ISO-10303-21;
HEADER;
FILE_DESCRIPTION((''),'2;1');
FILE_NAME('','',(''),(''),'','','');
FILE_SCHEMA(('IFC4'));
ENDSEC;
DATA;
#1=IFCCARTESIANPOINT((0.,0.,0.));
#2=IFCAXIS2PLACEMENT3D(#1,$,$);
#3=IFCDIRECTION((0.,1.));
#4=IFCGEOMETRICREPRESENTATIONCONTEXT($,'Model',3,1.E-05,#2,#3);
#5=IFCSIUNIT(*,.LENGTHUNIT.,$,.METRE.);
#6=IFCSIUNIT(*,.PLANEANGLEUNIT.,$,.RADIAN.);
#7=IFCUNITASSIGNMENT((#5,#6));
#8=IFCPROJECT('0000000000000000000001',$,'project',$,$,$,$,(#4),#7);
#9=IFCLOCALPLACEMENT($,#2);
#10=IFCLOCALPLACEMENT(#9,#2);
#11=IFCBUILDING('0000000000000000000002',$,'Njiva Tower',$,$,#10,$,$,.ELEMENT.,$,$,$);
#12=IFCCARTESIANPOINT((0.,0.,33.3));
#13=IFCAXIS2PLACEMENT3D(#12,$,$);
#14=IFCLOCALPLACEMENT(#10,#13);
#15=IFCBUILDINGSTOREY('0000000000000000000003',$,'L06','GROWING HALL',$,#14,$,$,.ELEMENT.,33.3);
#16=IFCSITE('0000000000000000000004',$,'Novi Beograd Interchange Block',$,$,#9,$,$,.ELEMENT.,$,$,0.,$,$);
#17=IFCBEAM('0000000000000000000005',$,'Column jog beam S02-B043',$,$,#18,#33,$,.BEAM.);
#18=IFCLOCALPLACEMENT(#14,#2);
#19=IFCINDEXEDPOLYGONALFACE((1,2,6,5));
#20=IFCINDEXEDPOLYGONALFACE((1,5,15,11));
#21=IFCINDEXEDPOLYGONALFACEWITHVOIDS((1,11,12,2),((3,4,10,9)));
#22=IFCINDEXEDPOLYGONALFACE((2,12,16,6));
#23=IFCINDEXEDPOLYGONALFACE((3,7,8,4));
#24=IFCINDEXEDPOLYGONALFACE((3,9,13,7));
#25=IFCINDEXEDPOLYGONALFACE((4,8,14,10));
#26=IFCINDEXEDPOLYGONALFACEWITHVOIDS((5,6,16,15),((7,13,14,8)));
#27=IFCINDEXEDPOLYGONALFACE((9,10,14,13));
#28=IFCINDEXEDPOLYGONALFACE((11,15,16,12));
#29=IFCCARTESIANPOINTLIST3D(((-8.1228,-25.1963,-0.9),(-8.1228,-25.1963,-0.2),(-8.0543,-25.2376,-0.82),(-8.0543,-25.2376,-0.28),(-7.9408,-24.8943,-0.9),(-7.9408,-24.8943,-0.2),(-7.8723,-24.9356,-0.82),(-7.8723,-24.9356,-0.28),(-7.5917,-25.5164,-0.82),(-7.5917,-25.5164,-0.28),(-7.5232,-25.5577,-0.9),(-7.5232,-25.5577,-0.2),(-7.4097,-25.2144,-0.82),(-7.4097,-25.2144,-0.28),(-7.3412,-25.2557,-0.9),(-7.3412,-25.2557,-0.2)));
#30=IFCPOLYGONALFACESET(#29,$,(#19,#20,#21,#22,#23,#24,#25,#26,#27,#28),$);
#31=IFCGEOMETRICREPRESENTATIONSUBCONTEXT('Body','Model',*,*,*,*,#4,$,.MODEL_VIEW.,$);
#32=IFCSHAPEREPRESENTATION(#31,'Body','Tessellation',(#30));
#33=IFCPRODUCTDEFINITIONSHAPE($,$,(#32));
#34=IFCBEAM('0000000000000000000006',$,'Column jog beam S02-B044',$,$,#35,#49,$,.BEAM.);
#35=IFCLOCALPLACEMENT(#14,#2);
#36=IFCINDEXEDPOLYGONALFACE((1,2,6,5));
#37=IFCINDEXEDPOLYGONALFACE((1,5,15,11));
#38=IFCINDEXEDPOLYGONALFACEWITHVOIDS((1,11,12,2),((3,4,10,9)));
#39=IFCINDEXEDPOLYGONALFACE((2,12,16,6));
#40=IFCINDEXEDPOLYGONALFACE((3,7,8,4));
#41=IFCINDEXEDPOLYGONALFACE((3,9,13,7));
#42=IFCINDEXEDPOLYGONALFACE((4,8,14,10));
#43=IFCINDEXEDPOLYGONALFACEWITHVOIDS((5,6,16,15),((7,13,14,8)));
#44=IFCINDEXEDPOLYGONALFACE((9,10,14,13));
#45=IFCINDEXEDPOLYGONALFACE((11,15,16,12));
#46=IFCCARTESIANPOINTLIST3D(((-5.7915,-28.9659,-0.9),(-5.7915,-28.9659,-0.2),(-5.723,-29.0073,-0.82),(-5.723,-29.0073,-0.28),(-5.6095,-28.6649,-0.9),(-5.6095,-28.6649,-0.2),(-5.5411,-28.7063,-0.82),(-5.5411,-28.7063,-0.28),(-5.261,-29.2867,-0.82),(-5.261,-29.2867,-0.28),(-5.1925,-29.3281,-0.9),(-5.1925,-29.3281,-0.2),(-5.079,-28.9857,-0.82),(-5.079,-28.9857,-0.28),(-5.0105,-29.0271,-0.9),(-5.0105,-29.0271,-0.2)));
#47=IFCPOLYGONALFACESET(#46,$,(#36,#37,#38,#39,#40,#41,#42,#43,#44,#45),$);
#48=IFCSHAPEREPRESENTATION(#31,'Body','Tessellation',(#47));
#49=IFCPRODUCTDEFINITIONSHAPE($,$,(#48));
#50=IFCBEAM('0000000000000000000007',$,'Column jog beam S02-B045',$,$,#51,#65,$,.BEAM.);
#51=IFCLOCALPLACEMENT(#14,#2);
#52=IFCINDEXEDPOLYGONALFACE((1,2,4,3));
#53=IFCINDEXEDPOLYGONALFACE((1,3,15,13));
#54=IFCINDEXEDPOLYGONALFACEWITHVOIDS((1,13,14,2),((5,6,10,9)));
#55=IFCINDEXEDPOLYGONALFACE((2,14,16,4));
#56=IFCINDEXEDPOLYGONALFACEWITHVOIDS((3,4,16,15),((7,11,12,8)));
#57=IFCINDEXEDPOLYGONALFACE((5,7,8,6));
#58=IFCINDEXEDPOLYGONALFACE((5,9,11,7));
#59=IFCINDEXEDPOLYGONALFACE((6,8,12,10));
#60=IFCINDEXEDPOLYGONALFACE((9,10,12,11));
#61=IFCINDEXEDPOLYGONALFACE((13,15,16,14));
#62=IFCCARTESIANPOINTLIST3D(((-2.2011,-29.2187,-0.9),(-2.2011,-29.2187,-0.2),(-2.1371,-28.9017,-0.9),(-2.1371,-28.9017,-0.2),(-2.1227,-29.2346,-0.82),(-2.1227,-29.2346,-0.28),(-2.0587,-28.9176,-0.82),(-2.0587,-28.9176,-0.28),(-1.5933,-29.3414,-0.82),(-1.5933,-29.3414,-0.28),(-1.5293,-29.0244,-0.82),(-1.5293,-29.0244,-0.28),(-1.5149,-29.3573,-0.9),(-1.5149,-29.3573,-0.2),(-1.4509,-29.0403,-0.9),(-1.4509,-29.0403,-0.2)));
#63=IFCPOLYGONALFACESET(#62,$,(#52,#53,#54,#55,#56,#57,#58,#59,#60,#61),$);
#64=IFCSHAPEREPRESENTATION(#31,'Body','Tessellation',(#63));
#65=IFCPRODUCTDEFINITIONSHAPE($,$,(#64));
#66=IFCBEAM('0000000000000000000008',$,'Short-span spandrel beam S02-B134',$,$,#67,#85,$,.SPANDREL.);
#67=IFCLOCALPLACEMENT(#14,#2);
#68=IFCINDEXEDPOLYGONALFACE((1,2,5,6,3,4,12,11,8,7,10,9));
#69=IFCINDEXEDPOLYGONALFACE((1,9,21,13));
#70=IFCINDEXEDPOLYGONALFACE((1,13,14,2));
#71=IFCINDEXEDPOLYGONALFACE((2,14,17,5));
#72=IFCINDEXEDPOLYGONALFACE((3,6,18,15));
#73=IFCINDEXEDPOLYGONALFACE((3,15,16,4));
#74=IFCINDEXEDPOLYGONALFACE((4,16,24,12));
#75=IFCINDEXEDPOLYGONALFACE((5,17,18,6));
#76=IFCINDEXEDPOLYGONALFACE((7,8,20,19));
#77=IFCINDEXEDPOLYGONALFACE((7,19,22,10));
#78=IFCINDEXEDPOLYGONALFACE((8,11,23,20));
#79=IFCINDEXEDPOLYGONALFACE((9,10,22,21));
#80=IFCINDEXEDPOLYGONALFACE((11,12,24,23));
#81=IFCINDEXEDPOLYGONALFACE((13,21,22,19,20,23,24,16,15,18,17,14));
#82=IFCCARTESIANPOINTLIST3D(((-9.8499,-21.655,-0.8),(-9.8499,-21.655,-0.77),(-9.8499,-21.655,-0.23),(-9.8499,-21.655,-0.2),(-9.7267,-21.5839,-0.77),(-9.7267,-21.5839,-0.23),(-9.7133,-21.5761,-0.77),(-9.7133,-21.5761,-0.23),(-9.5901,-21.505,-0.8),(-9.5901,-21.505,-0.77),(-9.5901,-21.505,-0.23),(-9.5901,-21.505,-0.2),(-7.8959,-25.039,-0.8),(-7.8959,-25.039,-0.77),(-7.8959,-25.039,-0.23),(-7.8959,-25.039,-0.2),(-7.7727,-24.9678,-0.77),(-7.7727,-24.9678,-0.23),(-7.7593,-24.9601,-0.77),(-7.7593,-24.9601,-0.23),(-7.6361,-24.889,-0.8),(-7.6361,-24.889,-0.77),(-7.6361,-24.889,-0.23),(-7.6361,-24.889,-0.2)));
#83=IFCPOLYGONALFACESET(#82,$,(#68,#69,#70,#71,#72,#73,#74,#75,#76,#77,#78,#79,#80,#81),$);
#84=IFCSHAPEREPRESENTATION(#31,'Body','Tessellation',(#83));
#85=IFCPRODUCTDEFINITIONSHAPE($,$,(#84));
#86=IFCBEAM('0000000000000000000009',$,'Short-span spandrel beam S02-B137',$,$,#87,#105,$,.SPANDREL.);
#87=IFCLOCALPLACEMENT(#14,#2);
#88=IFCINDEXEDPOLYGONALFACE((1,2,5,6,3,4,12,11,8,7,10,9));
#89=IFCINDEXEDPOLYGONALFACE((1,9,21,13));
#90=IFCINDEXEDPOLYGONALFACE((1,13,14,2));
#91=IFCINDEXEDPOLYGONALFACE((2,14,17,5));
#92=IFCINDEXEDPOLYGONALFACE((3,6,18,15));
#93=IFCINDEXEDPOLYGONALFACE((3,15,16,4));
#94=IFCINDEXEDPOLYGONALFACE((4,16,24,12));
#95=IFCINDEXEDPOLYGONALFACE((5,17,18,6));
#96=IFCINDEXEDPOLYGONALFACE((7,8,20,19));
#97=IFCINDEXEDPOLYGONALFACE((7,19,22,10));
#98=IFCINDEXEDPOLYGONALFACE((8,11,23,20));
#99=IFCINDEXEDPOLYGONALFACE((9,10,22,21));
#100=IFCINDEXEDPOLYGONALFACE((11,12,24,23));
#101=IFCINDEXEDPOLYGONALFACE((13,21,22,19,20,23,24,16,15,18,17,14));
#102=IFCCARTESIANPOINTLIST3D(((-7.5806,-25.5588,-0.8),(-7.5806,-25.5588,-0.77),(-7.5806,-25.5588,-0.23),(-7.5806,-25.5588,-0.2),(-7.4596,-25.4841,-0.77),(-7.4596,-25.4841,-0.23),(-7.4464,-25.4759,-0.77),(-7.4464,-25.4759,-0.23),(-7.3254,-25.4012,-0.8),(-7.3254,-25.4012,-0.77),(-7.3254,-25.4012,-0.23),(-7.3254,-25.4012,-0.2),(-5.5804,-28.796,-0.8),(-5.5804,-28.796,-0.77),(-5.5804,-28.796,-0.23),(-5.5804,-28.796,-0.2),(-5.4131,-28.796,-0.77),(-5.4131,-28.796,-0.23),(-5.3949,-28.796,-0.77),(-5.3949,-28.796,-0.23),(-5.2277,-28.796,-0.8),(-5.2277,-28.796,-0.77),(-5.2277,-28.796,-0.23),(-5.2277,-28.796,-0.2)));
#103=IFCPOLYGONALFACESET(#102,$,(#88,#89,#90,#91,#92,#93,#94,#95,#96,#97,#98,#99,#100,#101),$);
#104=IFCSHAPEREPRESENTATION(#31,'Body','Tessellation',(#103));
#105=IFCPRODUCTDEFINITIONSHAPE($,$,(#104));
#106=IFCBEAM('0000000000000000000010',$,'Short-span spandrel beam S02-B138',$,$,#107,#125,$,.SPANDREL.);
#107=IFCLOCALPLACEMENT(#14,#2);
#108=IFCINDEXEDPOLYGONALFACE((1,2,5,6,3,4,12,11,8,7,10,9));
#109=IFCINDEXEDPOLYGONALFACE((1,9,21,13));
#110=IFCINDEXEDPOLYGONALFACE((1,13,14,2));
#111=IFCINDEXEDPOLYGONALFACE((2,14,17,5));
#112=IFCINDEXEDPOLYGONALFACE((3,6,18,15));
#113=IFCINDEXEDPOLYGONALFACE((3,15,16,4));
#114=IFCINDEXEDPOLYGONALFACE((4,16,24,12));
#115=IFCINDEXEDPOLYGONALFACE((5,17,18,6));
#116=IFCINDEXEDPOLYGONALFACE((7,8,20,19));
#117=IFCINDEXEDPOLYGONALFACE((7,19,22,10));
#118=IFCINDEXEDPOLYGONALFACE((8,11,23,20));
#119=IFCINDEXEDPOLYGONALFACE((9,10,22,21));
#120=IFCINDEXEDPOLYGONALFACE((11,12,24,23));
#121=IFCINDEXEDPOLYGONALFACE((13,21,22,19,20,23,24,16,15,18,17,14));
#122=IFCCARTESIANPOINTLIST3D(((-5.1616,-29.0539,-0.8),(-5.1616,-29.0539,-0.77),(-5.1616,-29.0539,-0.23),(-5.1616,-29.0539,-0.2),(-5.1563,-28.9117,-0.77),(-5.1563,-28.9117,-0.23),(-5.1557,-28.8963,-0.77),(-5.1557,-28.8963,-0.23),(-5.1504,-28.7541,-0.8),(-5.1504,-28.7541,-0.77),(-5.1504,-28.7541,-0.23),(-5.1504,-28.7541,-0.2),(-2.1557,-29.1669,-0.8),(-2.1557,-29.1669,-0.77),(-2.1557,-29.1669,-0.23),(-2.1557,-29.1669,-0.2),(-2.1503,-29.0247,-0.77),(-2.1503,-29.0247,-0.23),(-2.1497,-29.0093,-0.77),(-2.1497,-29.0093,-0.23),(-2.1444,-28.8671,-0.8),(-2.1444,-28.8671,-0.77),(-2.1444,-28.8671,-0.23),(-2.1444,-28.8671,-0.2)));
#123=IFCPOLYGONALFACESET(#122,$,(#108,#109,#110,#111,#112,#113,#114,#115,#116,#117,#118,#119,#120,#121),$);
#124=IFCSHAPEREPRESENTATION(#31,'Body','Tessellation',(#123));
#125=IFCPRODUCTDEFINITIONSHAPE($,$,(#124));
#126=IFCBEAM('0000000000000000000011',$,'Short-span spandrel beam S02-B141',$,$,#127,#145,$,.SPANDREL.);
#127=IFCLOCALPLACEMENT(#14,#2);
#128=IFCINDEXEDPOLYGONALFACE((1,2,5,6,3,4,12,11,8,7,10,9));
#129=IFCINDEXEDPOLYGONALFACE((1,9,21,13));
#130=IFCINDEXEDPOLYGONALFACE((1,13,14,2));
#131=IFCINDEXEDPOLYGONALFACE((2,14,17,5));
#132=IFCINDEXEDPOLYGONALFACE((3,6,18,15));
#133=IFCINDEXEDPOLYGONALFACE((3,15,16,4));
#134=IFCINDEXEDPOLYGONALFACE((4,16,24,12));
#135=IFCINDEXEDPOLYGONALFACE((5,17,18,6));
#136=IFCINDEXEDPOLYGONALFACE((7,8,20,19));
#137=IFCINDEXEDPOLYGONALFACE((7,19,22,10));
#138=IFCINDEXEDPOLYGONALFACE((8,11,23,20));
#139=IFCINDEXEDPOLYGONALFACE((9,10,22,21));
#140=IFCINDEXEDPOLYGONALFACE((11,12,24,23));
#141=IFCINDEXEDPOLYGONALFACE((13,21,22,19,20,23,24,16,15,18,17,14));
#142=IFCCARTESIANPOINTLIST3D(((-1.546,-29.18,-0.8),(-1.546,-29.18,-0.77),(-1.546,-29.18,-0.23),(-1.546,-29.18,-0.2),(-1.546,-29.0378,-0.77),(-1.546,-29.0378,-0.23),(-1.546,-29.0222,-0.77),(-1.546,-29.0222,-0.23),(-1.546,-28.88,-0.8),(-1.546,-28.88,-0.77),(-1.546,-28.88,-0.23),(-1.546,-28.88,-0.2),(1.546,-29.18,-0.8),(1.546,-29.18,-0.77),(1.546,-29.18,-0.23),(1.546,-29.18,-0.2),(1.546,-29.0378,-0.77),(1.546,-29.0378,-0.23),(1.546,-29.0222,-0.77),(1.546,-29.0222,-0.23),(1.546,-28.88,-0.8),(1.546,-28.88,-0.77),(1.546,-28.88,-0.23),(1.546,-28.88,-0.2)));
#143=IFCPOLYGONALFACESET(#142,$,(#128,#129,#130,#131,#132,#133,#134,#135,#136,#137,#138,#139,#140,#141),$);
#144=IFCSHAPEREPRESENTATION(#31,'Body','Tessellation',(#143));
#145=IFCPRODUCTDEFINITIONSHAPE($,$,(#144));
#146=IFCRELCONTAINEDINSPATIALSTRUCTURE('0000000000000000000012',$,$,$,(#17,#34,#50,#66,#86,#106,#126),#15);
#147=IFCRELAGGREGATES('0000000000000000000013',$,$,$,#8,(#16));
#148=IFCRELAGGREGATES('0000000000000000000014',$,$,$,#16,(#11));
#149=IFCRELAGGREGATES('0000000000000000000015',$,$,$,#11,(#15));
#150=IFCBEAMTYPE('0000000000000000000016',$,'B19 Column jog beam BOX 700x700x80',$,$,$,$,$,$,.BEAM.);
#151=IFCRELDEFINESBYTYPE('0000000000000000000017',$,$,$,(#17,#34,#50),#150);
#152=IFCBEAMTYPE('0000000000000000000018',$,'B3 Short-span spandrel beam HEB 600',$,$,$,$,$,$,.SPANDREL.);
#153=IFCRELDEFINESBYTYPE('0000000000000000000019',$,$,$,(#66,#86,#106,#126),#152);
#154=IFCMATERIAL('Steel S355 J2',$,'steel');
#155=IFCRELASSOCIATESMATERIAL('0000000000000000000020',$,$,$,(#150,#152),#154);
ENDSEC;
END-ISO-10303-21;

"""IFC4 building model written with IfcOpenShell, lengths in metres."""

from ifc_helpers import new_model, si_unit, direction, frame, origin, origin_2d, place, context, subcontext, project, spatial, hollow_rectangle, i_section, extrude, clip, halfspace, material, material_profile, profile_set, type_object, element, save


model = new_model("IFC4")

# Units and contexts
model_context = context("Model", 3, precision=1e-05, world=origin(), true_north=direction((0.0, 1.0)))
body_context = subcontext(model_context, "Body", "Model", "MODEL_VIEW")
ifc_project = project(units=[si_unit("LENGTHUNIT", "METRE"), si_unit("PLANEANGLEUNIT", "RADIAN")], contexts=[model_context])

# Site, building, storey
site_placement = place(None, origin())
site = spatial("IfcSite", under=ifc_project, at=site_placement, Name="Novi Beograd Interchange Block", CompositionType="ELEMENT", RefElevation=0.0)
building_placement = place(site_placement, origin())
building = spatial("IfcBuilding", under=site, at=building_placement, Name="Njiva Tower", CompositionType="ELEMENT")
storey_placement = place(building_placement, frame((0.0, 0.0, 33.3)))
storey = spatial("IfcBuildingStorey", under=building, at=storey_placement, Name="L06", Description="GROWING HALL", CompositionType="ELEMENT", Elevation=33.3)

# Shared definitions
ifc_material_1 = material(Name="Steel S355 J2", Category="steel")

# Beams
ifc_material_profile_1 = material_profile(ifc_material_1, hollow_rectangle(XDim=0.7, YDim=0.7, WallThickness=0.08, at=origin_2d()), Name="BOX 700x700x80")
ifc_profile_set_1 = profile_set([ifc_material_profile_1], Name="Steel S355 J2")
beam_type_1 = type_object("IfcBeamType", Name="B19 Column jog beam BOX 700x700x80", PredefinedType="BEAM", material=ifc_profile_set_1)
beam_1_placement = place(storey_placement, frame((-7.823, -25.377, -0.55), z_axis=(0.516163, 0.85649, 0.0), x_axis=(-0.85649, 0.516163, 0.0)))
element("IfcBeam", 1, at=beam_1_placement, inside=storey, type_object=beam_type_1, Name="Column jog beam S02-B043", PredefinedType="BEAM", context=body_context, shape_type="SweptSolid", body=[
    extrude(hollow_rectangle(XDim=0.7, YDim=0.7, WallThickness=0.08, at=origin_2d()), origin(), (0.0, 0.0, 1.0), 0.3526),
])
beam_2_placement = place(storey_placement, frame((-5.492, -29.147, -0.55), z_axis=(0.517419, 0.855732, 0.0), x_axis=(-0.855732, 0.517419, 0.0)))
element("IfcBeam", 2, at=beam_2_placement, inside=storey, type_object=beam_type_1, Name="Column jog beam S02-B044", PredefinedType="BEAM", context=body_context, shape_type="SweptSolid", body=[
    extrude(hollow_rectangle(XDim=0.7, YDim=0.7, WallThickness=0.08, at=origin_2d()), origin(), (0.0, 0.0, 1.0), 0.3517),
])
beam_3_placement = place(storey_placement, frame((-1.858, -29.288, -0.55), z_axis=(0.1979, 0.980222, 0.0), x_axis=(-0.980222, 0.1979, 0.0)))
element("IfcBeam", 3, at=beam_3_placement, inside=storey, type_object=beam_type_1, Name="Column jog beam S02-B045", PredefinedType="BEAM", context=body_context, shape_type="SweptSolid", body=[
    extrude(hollow_rectangle(XDim=0.7, YDim=0.7, WallThickness=0.08, at=origin_2d()), origin(), (0.0, 0.0, 1.0), 0.3234),
])
ifc_material_profile_2 = material_profile(ifc_material_1, i_section(OverallWidth=0.3, OverallDepth=0.6, WebThickness=0.0155, FlangeThickness=0.03, at=origin_2d()), Name="HEB 600")
ifc_profile_set_2 = profile_set([ifc_material_profile_2], Name="Steel S355 J2")
beam_type_2 = type_object("IfcBeamType", Name="B3 Short-span spandrel beam HEB 600", PredefinedType="SPANDREL", material=ifc_profile_set_2)
beam_4_placement = place(storey_placement, frame((-9.72, -21.58, -0.5), z_axis=(0.500047, -0.865998, 0.0), x_axis=(0.865998, 0.500047, 0.0)))
element("IfcBeam", 4, at=beam_4_placement, inside=storey, type_object=beam_type_2, Name="Short-span spandrel beam S02-B134", PredefinedType="SPANDREL", context=body_context, shape_type="SweptSolid", body=[
    extrude(i_section(OverallWidth=0.3, OverallDepth=0.6, WebThickness=0.0155, FlangeThickness=0.03, at=origin_2d()), origin(), (0.0, 0.0, 1.0), 3.9076),
])
beam_5_placement = place(storey_placement, frame((-7.453, -25.48, -0.5), z_axis=(0.525657, -0.850697, 0.0), x_axis=(0.850697, 0.525657, 0.0)))
element("IfcBeam", 5, at=beam_5_placement, inside=storey, type_object=beam_type_2, Name="Short-span spandrel beam S02-B137", PredefinedType="SPANDREL", context=body_context, shape_type="Clipping", body=[
    clip(extrude(i_section(OverallWidth=0.3, OverallDepth=0.6, WebThickness=0.0155, FlangeThickness=0.03, at=origin_2d()), origin(), (0.0, 0.0, 1.0), 4.011), halfspace(frame((-0.0261, 0.0, 3.8818), z_axis=(-0.525657, 0.0, 0.850697), x_axis=(0.0, 1.0, 0.0)), False)),
])
beam_6_placement = place(storey_placement, frame((-5.156, -28.904, -0.5), z_axis=(0.999294, -0.037565, 0.0), x_axis=(0.037565, 0.999294, 0.0)))
element("IfcBeam", 6, at=beam_6_placement, inside=storey, type_object=beam_type_2, Name="Short-span spandrel beam S02-B138", PredefinedType="SPANDREL", context=body_context, shape_type="SweptSolid", body=[
    extrude(i_section(OverallWidth=0.3, OverallDepth=0.6, WebThickness=0.0155, FlangeThickness=0.03, at=origin_2d()), origin(), (0.0, 0.0, 1.0), 3.0081),
])
beam_7_placement = place(storey_placement, frame((-1.546, -29.03, -0.5), z_axis=(1.0, 0.0, 0.0), x_axis=(0.0, 1.0, 0.0)))
element("IfcBeam", 7, at=beam_7_placement, inside=storey, type_object=beam_type_2, Name="Short-span spandrel beam S02-B141", PredefinedType="SPANDREL", context=body_context, shape_type="SweptSolid", body=[
    extrude(i_section(OverallWidth=0.3, OverallDepth=0.6, WebThickness=0.0155, FlangeThickness=0.03, at=origin_2d()), origin(), (0.0, 0.0, 1.0), 3.092),
])

save(model, "model.ifc")
